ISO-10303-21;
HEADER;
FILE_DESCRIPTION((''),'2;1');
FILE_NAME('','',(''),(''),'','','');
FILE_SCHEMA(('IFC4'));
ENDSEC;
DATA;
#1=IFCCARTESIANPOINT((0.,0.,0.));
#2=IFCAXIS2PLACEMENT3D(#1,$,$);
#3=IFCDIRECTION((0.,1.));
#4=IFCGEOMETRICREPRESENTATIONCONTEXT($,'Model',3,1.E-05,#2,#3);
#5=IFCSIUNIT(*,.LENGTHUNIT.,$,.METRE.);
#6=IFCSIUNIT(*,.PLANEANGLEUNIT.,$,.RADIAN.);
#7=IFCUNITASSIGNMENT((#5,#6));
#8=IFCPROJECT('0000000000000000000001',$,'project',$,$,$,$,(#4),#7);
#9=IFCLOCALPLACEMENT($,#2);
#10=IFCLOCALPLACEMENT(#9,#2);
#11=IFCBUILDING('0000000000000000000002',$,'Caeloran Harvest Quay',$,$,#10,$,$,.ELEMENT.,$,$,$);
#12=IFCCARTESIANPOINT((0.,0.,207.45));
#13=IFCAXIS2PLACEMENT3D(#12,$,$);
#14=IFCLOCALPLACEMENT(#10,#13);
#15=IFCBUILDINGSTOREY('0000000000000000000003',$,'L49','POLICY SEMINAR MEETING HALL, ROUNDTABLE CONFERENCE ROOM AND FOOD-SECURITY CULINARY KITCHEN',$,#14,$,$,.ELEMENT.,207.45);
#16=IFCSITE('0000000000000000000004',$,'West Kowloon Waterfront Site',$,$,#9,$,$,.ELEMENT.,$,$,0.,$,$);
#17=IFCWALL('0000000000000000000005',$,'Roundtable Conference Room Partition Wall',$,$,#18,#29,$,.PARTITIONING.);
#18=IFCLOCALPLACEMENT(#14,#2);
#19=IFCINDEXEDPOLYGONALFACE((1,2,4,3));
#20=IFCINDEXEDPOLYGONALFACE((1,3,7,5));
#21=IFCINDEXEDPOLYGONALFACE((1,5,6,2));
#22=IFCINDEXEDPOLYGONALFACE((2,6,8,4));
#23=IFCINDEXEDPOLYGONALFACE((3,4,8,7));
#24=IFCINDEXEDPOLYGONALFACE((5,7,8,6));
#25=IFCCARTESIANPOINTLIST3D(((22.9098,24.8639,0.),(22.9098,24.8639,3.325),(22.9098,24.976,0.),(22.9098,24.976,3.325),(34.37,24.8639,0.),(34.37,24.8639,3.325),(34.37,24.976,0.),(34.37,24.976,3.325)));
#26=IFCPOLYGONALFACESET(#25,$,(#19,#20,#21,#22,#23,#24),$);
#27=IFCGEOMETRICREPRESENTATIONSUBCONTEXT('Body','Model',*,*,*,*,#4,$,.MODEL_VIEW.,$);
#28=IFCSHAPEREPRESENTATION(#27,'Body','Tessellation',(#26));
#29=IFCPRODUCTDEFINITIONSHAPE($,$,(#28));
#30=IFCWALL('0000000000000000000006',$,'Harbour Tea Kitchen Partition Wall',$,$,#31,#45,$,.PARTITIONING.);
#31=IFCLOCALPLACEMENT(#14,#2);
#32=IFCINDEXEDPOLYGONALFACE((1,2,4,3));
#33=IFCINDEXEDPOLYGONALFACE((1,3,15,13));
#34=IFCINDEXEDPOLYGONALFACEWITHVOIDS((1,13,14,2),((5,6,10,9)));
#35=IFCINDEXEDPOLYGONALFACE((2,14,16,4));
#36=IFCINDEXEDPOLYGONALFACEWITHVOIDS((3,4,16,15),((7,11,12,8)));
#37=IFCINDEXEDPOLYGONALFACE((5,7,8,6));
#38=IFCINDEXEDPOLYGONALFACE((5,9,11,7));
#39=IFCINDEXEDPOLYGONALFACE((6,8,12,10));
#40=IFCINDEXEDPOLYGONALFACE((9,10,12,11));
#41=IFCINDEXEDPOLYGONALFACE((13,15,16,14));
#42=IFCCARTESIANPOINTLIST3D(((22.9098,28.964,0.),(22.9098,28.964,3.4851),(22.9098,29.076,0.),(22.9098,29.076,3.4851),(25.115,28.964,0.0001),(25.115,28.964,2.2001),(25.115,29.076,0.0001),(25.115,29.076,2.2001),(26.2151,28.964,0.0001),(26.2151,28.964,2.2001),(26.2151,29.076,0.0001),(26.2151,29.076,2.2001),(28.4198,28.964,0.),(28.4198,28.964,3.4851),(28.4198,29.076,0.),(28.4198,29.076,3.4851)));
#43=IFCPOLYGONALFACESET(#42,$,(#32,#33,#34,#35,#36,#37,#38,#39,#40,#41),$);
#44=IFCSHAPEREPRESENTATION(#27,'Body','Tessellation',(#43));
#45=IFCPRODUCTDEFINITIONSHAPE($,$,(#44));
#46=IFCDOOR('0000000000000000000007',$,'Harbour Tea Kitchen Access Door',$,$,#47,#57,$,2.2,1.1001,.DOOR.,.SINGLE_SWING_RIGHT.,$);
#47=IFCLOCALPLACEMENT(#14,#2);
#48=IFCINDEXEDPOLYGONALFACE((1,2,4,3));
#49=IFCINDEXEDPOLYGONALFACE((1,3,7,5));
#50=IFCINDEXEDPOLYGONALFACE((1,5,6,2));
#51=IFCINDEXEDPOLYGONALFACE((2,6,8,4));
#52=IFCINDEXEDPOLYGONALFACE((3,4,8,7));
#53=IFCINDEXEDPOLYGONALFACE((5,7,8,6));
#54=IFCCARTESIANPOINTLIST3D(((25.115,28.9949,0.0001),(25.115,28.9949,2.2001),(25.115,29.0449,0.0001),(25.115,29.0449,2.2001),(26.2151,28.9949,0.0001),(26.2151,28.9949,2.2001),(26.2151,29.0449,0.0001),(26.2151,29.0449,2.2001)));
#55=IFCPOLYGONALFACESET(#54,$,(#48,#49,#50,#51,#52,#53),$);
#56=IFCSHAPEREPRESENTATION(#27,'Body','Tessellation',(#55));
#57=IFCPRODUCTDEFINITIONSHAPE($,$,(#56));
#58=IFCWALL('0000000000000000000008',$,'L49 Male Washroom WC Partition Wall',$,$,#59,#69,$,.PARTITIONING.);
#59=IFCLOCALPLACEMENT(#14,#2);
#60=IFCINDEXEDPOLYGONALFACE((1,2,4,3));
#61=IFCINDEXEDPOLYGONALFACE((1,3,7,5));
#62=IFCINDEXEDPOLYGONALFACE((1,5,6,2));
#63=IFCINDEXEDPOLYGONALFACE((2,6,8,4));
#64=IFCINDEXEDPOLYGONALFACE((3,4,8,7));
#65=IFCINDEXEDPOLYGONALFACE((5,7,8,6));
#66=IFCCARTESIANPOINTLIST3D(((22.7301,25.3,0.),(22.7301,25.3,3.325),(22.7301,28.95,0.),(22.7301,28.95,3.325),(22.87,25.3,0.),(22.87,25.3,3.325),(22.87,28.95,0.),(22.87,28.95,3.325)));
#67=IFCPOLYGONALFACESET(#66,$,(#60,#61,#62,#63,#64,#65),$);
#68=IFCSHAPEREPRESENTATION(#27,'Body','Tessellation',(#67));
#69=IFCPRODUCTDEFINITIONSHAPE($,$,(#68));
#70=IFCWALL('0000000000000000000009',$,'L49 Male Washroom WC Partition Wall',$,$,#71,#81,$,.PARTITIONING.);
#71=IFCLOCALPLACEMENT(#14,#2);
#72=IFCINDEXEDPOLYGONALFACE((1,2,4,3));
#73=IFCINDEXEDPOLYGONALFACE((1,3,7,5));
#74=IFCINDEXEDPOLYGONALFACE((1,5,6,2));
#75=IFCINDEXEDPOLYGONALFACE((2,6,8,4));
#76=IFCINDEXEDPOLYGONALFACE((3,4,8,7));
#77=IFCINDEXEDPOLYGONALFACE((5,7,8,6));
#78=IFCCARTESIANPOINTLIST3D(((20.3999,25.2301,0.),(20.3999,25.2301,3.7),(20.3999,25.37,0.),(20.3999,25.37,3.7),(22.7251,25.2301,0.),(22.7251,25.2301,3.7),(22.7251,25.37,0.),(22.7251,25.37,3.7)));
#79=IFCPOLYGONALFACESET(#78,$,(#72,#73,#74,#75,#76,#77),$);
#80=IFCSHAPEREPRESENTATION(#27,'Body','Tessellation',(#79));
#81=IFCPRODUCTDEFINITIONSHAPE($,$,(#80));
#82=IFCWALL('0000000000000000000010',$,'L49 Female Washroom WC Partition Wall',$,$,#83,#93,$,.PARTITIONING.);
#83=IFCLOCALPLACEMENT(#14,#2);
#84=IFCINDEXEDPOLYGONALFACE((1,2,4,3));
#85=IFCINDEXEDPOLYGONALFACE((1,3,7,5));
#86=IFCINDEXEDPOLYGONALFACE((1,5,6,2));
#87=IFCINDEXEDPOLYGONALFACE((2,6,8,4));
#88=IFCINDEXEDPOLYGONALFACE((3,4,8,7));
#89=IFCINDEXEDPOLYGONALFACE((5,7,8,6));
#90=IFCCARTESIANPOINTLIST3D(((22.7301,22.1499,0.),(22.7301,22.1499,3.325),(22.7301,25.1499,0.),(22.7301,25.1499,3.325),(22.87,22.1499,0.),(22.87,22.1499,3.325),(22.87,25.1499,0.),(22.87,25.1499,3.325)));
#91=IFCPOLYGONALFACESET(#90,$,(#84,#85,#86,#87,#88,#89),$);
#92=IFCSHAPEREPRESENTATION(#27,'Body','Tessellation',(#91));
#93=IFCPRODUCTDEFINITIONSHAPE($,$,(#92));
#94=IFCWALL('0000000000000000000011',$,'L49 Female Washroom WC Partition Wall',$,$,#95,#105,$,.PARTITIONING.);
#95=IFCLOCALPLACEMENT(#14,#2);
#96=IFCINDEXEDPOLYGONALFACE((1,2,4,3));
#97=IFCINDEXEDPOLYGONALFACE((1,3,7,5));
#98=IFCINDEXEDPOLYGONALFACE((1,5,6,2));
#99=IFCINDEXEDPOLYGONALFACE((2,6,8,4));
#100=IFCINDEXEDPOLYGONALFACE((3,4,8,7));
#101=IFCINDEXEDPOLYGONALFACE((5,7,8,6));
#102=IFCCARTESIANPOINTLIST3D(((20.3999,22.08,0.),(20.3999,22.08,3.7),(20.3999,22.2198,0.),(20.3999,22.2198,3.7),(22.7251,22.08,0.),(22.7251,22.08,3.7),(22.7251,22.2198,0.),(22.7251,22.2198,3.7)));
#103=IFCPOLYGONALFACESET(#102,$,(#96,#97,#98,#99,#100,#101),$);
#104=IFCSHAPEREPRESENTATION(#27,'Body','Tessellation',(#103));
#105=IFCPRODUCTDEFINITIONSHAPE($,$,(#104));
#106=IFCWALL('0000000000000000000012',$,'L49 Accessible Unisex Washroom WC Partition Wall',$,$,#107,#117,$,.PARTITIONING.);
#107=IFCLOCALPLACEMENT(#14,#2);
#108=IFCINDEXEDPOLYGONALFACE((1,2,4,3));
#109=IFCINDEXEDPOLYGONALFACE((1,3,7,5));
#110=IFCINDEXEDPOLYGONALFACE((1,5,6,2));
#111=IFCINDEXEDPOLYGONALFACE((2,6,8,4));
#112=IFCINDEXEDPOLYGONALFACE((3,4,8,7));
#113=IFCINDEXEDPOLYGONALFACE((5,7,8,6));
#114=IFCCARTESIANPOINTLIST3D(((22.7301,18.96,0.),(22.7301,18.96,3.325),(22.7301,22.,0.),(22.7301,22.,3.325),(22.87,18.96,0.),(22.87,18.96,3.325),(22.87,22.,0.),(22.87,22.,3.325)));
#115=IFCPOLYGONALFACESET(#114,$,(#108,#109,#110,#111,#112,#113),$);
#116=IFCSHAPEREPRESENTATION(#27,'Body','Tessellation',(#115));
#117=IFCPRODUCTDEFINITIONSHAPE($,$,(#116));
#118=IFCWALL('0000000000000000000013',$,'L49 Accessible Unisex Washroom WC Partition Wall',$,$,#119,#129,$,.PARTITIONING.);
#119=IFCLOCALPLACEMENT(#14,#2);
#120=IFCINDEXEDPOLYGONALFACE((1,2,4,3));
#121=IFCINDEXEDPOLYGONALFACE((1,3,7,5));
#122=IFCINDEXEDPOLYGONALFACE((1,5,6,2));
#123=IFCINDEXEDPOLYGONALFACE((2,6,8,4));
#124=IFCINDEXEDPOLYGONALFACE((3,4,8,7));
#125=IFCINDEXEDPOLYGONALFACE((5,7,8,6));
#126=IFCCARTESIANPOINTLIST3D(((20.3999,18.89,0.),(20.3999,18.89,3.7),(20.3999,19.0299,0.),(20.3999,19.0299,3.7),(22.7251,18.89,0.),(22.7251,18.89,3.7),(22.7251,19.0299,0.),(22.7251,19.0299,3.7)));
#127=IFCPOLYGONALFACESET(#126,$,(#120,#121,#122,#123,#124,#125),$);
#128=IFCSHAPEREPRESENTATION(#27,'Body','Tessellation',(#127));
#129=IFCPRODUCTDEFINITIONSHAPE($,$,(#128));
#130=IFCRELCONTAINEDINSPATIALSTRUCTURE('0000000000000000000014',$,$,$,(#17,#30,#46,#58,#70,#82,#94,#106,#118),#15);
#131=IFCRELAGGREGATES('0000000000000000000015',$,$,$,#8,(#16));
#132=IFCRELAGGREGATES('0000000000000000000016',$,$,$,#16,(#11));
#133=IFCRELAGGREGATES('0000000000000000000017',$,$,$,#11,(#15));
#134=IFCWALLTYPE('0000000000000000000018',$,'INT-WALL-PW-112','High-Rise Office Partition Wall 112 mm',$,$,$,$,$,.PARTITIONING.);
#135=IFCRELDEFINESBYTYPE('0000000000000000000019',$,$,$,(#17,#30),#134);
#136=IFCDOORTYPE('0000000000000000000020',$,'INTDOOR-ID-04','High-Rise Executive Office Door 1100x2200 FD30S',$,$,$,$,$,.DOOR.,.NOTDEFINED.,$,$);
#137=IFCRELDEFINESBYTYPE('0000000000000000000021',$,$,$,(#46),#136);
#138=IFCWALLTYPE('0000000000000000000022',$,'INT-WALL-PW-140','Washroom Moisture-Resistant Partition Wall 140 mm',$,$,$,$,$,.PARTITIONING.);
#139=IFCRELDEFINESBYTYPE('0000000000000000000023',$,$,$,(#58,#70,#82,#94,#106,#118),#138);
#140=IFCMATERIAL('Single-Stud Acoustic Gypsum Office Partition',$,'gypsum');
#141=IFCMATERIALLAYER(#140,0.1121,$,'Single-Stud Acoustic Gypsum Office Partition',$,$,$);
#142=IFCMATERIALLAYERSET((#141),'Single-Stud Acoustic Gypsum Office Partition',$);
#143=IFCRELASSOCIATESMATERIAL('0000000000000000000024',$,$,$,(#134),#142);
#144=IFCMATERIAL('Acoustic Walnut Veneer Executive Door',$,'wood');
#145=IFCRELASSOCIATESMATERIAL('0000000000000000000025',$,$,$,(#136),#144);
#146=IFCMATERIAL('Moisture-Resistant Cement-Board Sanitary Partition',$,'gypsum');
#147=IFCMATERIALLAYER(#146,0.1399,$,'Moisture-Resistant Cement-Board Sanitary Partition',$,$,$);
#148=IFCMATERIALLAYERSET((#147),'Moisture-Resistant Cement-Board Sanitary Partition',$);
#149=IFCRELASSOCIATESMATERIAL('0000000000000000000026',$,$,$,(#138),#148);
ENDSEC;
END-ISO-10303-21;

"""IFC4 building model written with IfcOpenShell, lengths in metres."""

from ifc_helpers import new_model, si_unit, direction, frame, frame_2d, origin, place, context, subcontext, project, spatial, rectangle, extrude, material, layer, layer_set, type_object, element, fill, save


model = new_model("IFC4")

# Units and contexts
model_context = context("Model", 3, precision=1e-05, world=origin(), true_north=direction((0.0, 1.0)))
body_context = subcontext(model_context, "Body", "Model", "MODEL_VIEW")
ifc_project = project(units=[si_unit("LENGTHUNIT", "METRE"), si_unit("PLANEANGLEUNIT", "RADIAN")], contexts=[model_context])

# Site, building, storey
site_placement = place(None, origin())
site = spatial("IfcSite", under=ifc_project, at=site_placement, Name="West Kowloon Waterfront Site", CompositionType="ELEMENT", RefElevation=0.0)
building_placement = place(site_placement, origin())
building = spatial("IfcBuilding", under=site, at=building_placement, Name="Caeloran Harvest Quay", CompositionType="ELEMENT")
storey_placement = place(building_placement, frame((0.0, 0.0, 207.45)))
storey = spatial("IfcBuildingStorey", under=building, at=storey_placement, Name="L49", Description="POLICY SEMINAR MEETING HALL, ROUNDTABLE CONFERENCE ROOM AND FOOD-SECURITY CULINARY KITCHEN", CompositionType="ELEMENT", Elevation=207.45)

# Wall
ifc_material_1 = material(Name="Single-Stud Acoustic Gypsum Office Partition", Category="gypsum")
ifc_layer_1 = layer(ifc_material_1, 0.1121, Name="Single-Stud Acoustic Gypsum Office Partition")
ifc_layer_set_1 = layer_set([ifc_layer_1], Name="Single-Stud Acoustic Gypsum Office Partition")
wall_type_1 = type_object("IfcWallType", Name="INT-WALL-PW-112", Description="High-Rise Office Partition Wall 112 mm", PredefinedType="PARTITIONING", material=ifc_layer_set_1)
wall_1_placement = place(storey_placement, frame((22.9099, 24.9199, 0.0), z_axis=(0.0, 0.0, 1.0), x_axis=(1.0, 0.0, 0.0)))
element("IfcWall", 1, at=wall_1_placement, inside=storey, type_object=wall_type_1, Name="Roundtable Conference Room Partition Wall", PredefinedType="PARTITIONING", context=body_context, shape_type="SweptSolid", body=[
    extrude(rectangle(XDim=11.4602, YDim=0.1121, at=frame_2d((5.73, 0.0))), origin(), (0.0, 0.0, 1.0), 3.325),
])

# Wall, opening, door
wall_2_placement = place(storey_placement, frame((22.9099, 29.02, 0.0), z_axis=(0.0, 0.0, 1.0), x_axis=(1.0, 0.0, 0.0)))
wall_2 = element("IfcWall", 2, at=wall_2_placement, inside=storey, type_object=wall_type_1, Name="Harbour Tea Kitchen Partition Wall", PredefinedType="PARTITIONING", context=body_context, shape_type="SweptSolid", body=[
    extrude(rectangle(XDim=5.51, YDim=0.1121, at=frame_2d((2.7549, 0.0))), origin(), (0.0, 0.0, 1.0), 3.4851),
])
opening_placement = place(wall_2_placement, frame((2.2051, 0.0, 0.0)))
opening = element("IfcOpeningElement", 3, at=opening_placement, cuts=wall_2, PredefinedType="OPENING", context=body_context, shape_type="SweptSolid", body=[
    extrude(rectangle(XDim=1.1001, YDim=2.2, at=frame_2d((0.55, 1.1001))), frame((0.0, 0.0659, 0.0), z_axis=(0.0, -1.0, 0.0), x_axis=(1.0, 0.0, 0.0)), (0.0, 0.0, 1.0), 0.1321),
])
ifc_material_2 = material(Name="Acoustic Walnut Veneer Executive Door", Category="wood")
door_type = type_object("IfcDoorType", Name="INTDOOR-ID-04", Description="High-Rise Executive Office Door 1100x2200 FD30S", OperationType="NOTDEFINED", PredefinedType="DOOR", material=ifc_material_2)
door_placement = place(opening_placement, origin())
door = element("IfcDoor", 4, at=door_placement, inside=storey, type_object=door_type, Name="Harbour Tea Kitchen Access Door", OperationType="SINGLE_SWING_RIGHT", OverallHeight=2.2, OverallWidth=1.1001, PredefinedType="DOOR", context=body_context, shape_type="SweptSolid", body=[
    extrude(rectangle(XDim=1.1001, YDim=2.2, at=frame_2d((0.55, 1.1001))), frame((0.0, 0.0249, 0.0), z_axis=(0.0, -1.0, 0.0), x_axis=(1.0, 0.0, 0.0)), (0.0, 0.0, 1.0), 0.05),
])
fill(opening, door)

# Walls
ifc_material_3 = material(Name="Moisture-Resistant Cement-Board Sanitary Partition", Category="gypsum")
ifc_layer_2 = layer(ifc_material_3, 0.1399, Name="Moisture-Resistant Cement-Board Sanitary Partition")
ifc_layer_set_2 = layer_set([ifc_layer_2], Name="Moisture-Resistant Cement-Board Sanitary Partition")
wall_type_2 = type_object("IfcWallType", Name="INT-WALL-PW-140", Description="Washroom Moisture-Resistant Partition Wall 140 mm", PredefinedType="PARTITIONING", material=ifc_layer_set_2)
wall_3_placement = place(storey_placement, frame((22.8, 28.95, 0.0), z_axis=(0.0, 0.0, 1.0), x_axis=(0.0, -1.0, 0.0)))
element("IfcWall", 5, at=wall_3_placement, inside=storey, type_object=wall_type_2, Name="L49 Male Washroom WC Partition Wall", PredefinedType="PARTITIONING", context=body_context, shape_type="SweptSolid", body=[
    extrude(rectangle(XDim=3.6499, YDim=0.1399, at=frame_2d((1.825, 0.0))), origin(), (0.0, 0.0, 1.0), 3.325),
])
wall_4_placement = place(storey_placement, frame((22.7251, 25.3, 0.0), z_axis=(0.0, 0.0, 1.0), x_axis=(-1.0, 0.0, 0.0)))
element("IfcWall", 6, at=wall_4_placement, inside=storey, type_object=wall_type_2, Name="L49 Male Washroom WC Partition Wall", PredefinedType="PARTITIONING", context=body_context, shape_type="SweptSolid", body=[
    extrude(rectangle(XDim=2.3252, YDim=0.1399, at=frame_2d((1.1626, 0.0))), origin(), (0.0, 0.0, 1.0), 3.7),
])
wall_5_placement = place(storey_placement, frame((22.8, 25.1499, 0.0), z_axis=(0.0, 0.0, 1.0), x_axis=(0.0, -1.0, 0.0)))
element("IfcWall", 7, at=wall_5_placement, inside=storey, type_object=wall_type_2, Name="L49 Female Washroom WC Partition Wall", PredefinedType="PARTITIONING", context=body_context, shape_type="SweptSolid", body=[
    extrude(rectangle(XDim=3.0, YDim=0.1399, at=frame_2d((1.5, 0.0))), origin(), (0.0, 0.0, 1.0), 3.325),
])
wall_6_placement = place(storey_placement, frame((22.7251, 22.1499, 0.0), z_axis=(0.0, 0.0, 1.0), x_axis=(-1.0, 0.0, 0.0)))
element("IfcWall", 8, at=wall_6_placement, inside=storey, type_object=wall_type_2, Name="L49 Female Washroom WC Partition Wall", PredefinedType="PARTITIONING", context=body_context, shape_type="SweptSolid", body=[
    extrude(rectangle(XDim=2.3252, YDim=0.1399, at=frame_2d((1.1626, 0.0))), origin(), (0.0, 0.0, 1.0), 3.7),
])
wall_7_placement = place(storey_placement, frame((22.8, 22.0, 0.0), z_axis=(0.0, 0.0, 1.0), x_axis=(0.0, -1.0, 0.0)))
element("IfcWall", 9, at=wall_7_placement, inside=storey, type_object=wall_type_2, Name="L49 Accessible Unisex Washroom WC Partition Wall", PredefinedType="PARTITIONING", context=body_context, shape_type="SweptSolid", body=[
    extrude(rectangle(XDim=3.04, YDim=0.1399, at=frame_2d((1.52, 0.0))), origin(), (0.0, 0.0, 1.0), 3.325),
])
wall_8_placement = place(storey_placement, frame((22.7251, 18.96, 0.0), z_axis=(0.0, 0.0, 1.0), x_axis=(-1.0, 0.0, 0.0)))
element("IfcWall", 10, at=wall_8_placement, inside=storey, type_object=wall_type_2, Name="L49 Accessible Unisex Washroom WC Partition Wall", PredefinedType="PARTITIONING", context=body_context, shape_type="SweptSolid", body=[
    extrude(rectangle(XDim=2.3252, YDim=0.1399, at=frame_2d((1.1626, 0.0))), origin(), (0.0, 0.0, 1.0), 3.7),
])

save(model, "model.ifc")
